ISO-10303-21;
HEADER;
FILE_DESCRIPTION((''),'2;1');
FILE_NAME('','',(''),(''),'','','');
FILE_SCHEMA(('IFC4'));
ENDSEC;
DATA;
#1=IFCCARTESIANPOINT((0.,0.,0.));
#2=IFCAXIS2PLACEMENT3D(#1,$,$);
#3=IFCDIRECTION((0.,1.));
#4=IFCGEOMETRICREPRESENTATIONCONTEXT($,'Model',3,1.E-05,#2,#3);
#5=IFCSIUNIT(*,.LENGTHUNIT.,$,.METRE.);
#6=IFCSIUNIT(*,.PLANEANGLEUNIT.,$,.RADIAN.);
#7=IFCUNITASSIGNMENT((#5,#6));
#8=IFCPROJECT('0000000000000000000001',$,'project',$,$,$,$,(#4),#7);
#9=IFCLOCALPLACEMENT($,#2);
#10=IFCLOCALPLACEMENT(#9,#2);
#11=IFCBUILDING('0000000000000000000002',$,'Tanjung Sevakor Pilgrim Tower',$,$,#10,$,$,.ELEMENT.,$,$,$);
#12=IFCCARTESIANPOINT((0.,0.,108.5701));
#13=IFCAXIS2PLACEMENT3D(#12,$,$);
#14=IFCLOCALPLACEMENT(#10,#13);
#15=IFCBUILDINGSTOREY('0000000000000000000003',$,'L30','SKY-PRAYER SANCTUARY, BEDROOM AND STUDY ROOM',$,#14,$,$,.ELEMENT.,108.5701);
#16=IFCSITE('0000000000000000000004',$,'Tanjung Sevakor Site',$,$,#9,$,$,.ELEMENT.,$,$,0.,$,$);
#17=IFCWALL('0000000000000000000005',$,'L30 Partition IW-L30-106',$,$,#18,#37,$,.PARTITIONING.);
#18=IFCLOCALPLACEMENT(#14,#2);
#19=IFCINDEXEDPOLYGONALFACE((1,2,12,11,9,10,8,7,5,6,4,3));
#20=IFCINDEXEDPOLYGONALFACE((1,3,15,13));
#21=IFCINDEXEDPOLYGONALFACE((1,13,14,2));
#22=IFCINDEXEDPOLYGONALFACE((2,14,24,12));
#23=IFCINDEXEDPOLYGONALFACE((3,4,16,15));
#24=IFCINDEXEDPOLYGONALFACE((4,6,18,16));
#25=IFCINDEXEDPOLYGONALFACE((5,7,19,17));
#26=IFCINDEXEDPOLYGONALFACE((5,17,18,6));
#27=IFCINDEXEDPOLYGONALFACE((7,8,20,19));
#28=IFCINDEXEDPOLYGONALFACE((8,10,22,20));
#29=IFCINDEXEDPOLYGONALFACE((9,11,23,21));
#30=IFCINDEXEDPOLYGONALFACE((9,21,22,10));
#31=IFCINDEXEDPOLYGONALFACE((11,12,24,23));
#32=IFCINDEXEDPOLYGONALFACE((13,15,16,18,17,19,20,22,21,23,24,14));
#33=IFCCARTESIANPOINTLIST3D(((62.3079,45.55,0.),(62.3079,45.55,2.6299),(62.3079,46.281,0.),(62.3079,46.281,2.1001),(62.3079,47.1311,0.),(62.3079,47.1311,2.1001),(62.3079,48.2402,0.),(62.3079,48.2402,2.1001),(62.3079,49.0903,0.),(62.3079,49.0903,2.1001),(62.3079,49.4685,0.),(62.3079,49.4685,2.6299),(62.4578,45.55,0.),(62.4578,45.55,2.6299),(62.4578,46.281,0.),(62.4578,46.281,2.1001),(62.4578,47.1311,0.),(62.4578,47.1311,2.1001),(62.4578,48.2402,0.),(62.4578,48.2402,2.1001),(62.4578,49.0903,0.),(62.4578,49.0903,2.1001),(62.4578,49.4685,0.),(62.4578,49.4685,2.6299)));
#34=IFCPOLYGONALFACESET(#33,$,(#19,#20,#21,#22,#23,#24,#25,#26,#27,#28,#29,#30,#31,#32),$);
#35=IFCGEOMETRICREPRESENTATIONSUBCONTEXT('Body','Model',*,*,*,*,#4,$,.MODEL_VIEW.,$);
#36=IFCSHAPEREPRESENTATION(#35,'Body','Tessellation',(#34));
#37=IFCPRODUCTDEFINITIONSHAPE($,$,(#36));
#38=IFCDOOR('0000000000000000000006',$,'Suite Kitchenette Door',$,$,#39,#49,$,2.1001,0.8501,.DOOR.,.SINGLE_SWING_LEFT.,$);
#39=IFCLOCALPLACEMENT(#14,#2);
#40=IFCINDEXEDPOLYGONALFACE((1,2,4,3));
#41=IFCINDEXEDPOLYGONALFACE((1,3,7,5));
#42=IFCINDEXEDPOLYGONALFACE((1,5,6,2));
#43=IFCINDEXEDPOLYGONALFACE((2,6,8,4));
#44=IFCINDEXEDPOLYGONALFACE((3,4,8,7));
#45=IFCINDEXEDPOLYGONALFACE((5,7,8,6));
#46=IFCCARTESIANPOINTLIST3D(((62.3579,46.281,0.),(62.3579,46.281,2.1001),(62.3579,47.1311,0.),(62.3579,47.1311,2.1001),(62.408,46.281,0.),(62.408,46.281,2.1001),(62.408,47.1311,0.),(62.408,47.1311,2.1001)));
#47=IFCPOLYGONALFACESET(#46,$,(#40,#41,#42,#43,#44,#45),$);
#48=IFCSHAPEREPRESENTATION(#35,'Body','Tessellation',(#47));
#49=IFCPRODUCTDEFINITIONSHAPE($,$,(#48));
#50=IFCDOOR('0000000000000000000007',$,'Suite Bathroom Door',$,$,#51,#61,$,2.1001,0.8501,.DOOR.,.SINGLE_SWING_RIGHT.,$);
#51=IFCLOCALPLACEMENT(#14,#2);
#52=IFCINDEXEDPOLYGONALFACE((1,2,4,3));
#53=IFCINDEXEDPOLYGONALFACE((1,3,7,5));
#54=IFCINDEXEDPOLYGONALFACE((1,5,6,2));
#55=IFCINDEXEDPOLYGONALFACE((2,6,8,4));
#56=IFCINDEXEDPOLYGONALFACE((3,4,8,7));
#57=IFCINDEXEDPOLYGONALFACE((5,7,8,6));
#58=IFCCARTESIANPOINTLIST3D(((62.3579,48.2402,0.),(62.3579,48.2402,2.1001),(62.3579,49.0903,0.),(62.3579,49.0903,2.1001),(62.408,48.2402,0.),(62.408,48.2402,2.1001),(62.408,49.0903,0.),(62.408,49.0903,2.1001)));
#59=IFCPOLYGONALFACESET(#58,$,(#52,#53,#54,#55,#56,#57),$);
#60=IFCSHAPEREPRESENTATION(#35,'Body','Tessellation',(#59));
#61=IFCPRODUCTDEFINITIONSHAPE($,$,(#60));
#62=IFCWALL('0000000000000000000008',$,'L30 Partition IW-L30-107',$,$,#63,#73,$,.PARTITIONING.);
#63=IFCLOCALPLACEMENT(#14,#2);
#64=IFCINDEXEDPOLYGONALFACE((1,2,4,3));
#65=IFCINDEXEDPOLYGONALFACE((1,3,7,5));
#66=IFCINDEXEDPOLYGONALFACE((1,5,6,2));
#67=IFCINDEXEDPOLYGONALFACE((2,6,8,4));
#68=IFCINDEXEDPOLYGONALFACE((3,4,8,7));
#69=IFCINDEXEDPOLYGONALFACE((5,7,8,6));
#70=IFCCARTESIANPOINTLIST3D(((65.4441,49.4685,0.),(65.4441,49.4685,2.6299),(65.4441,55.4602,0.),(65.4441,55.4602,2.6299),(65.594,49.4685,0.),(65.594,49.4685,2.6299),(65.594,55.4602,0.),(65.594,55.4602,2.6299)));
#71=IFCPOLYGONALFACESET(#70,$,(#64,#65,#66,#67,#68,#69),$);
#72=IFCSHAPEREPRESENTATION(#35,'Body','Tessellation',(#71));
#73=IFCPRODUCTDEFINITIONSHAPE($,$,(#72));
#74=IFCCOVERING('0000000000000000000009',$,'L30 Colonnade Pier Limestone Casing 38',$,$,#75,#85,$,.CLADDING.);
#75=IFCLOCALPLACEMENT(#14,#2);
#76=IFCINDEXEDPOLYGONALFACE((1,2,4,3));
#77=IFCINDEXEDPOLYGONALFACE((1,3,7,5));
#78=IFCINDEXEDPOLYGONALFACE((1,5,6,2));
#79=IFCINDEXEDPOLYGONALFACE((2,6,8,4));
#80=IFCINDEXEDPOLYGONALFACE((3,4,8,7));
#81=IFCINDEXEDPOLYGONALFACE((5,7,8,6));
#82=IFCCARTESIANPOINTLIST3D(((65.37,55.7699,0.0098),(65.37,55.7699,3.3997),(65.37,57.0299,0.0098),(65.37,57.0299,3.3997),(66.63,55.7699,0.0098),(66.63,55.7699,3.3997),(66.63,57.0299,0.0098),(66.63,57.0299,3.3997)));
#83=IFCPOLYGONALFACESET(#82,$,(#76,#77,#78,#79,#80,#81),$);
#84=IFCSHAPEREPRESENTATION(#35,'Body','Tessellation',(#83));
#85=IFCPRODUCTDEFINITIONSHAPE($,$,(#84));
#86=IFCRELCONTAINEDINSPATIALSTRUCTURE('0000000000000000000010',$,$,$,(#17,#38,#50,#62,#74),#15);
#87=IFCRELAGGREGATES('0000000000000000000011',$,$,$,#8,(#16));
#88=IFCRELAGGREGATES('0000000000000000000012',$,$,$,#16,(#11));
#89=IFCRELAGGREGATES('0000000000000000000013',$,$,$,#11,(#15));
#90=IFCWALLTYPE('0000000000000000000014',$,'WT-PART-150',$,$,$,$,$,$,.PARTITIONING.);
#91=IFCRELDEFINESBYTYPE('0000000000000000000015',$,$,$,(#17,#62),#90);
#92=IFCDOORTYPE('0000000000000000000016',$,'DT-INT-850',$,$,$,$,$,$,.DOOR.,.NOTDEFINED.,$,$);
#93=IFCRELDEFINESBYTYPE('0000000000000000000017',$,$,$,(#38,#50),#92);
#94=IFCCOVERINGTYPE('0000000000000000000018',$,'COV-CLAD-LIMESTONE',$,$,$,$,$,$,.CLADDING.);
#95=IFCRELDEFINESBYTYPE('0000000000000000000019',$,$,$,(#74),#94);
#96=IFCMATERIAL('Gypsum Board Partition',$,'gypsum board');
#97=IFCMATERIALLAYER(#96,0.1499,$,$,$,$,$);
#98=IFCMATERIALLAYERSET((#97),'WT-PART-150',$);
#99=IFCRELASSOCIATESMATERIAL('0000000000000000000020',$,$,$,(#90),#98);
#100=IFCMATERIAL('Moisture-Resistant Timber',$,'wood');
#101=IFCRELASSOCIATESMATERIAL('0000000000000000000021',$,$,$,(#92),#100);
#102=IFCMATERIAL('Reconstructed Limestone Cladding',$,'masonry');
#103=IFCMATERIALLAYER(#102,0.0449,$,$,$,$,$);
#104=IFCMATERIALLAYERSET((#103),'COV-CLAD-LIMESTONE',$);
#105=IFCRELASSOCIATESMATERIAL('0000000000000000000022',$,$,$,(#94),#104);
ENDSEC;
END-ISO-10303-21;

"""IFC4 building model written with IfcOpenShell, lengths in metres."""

from ifc_helpers import new_model, si_unit, direction, frame, frame_2d, origin, origin_2d, place, context, subcontext, project, spatial, rectangle, extrude, material, layer, layer_set, type_object, element, fill, save


model = new_model("IFC4")

# Units and contexts
model_context = context("Model", 3, precision=1e-05, world=origin(), true_north=direction((0.0, 1.0)))
body_context = subcontext(model_context, "Body", "Model", "MODEL_VIEW")
ifc_project = project(units=[si_unit("LENGTHUNIT", "METRE"), si_unit("PLANEANGLEUNIT", "RADIAN")], contexts=[model_context])

# Site, building, storey
site_placement = place(None, origin())
site = spatial("IfcSite", under=ifc_project, at=site_placement, Name="Tanjung Sevakor Site", CompositionType="ELEMENT", RefElevation=0.0)
building_placement = place(site_placement, origin())
building = spatial("IfcBuilding", under=site, at=building_placement, Name="Tanjung Sevakor Pilgrim Tower", CompositionType="ELEMENT")
storey_placement = place(building_placement, frame((0.0, 0.0, 108.5701)))
storey = spatial("IfcBuildingStorey", under=building, at=storey_placement, Name="L30", Description="SKY-PRAYER SANCTUARY, BEDROOM AND STUDY ROOM", CompositionType="ELEMENT", Elevation=108.5701)

# Wall, openings, doors
ifc_material_1 = material(Name="Gypsum Board Partition", Category="gypsum board")
ifc_layer_1 = layer(ifc_material_1, 0.1499)
ifc_layer_set_1 = layer_set([ifc_layer_1], Name="WT-PART-150")
wall_type = type_object("IfcWallType", Name="WT-PART-150", PredefinedType="PARTITIONING", material=ifc_layer_set_1)
wall_1_placement = place(storey_placement, frame((62.3828, 45.55, 0.0), z_axis=(0.0, 0.0, 1.0), x_axis=(0.0, 1.0, 0.0)))
wall_1 = element("IfcWall", 1, at=wall_1_placement, inside=storey, type_object=wall_type, Name="L30 Partition IW-L30-106", PredefinedType="PARTITIONING", context=body_context, shape_type="SweptSolid", body=[
    extrude(rectangle(XDim=3.9185, YDim=0.1499, at=frame_2d((1.9592, 0.0))), origin(), (0.0, 0.0, 1.0), 2.6299),
])
opening_1_placement = place(wall_1_placement, frame((0.731, 0.0, 0.0)))
opening_1 = element("IfcOpeningElement", 2, at=opening_1_placement, cuts=wall_1, PredefinedType="OPENING", context=body_context, shape_type="SweptSolid", body=[
    extrude(rectangle(XDim=0.8501, YDim=2.1001, at=frame_2d((0.425, 1.05))), frame((0.0, 0.085, 0.0), z_axis=(0.0, -1.0, 0.0), x_axis=(1.0, 0.0, 0.0)), (0.0, 0.0, 1.0), 0.1699),
])
opening_2_placement = place(wall_1_placement, frame((2.6902, 0.0, 0.0)))
opening_2 = element("IfcOpeningElement", 3, at=opening_2_placement, cuts=wall_1, PredefinedType="OPENING", context=body_context, shape_type="SweptSolid", body=[
    extrude(rectangle(XDim=0.8501, YDim=2.1001, at=frame_2d((0.425, 1.05))), frame((0.0, 0.085, 0.0), z_axis=(0.0, -1.0, 0.0), x_axis=(1.0, 0.0, 0.0)), (0.0, 0.0, 1.0), 0.1699),
])
ifc_material_2 = material(Name="Moisture-Resistant Timber", Category="wood")
door_type = type_object("IfcDoorType", Name="DT-INT-850", OperationType="NOTDEFINED", PredefinedType="DOOR", material=ifc_material_2)
door_1_placement = place(opening_1_placement, origin())
door_1 = element("IfcDoor", 4, at=door_1_placement, inside=storey, type_object=door_type, Name="Suite Kitchenette Door", OperationType="SINGLE_SWING_LEFT", OverallHeight=2.1001, OverallWidth=0.8501, PredefinedType="DOOR", context=body_context, shape_type="SweptSolid", body=[
    extrude(rectangle(XDim=0.8501, YDim=2.1001, at=frame_2d((0.425, 1.05))), frame((0.0, 0.0249, 0.0), z_axis=(0.0, -1.0, 0.0), x_axis=(1.0, 0.0, 0.0)), (0.0, 0.0, 1.0), 0.05),
])
fill(opening_1, door_1)
door_2_placement = place(opening_2_placement, origin())
door_2 = element("IfcDoor", 5, at=door_2_placement, inside=storey, type_object=door_type, Name="Suite Bathroom Door", OperationType="SINGLE_SWING_RIGHT", OverallHeight=2.1001, OverallWidth=0.8501, PredefinedType="DOOR", context=body_context, shape_type="SweptSolid", body=[
    extrude(rectangle(XDim=0.8501, YDim=2.1001, at=frame_2d((0.425, 1.05))), frame((0.0, 0.0249, 0.0), z_axis=(0.0, -1.0, 0.0), x_axis=(1.0, 0.0, 0.0)), (0.0, 0.0, 1.0), 0.05),
])
fill(opening_2, door_2)

# Wall
wall_2_placement = place(storey_placement, frame((65.519, 49.4685, 0.0), z_axis=(0.0, 0.0, 1.0), x_axis=(0.0, 1.0, 0.0)))
element("IfcWall", 6, at=wall_2_placement, inside=storey, type_object=wall_type, Name="L30 Partition IW-L30-107", PredefinedType="PARTITIONING", context=body_context, shape_type="SweptSolid", body=[
    extrude(rectangle(XDim=5.9917, YDim=0.1499, at=frame_2d((2.9958, 0.0))), origin(), (0.0, 0.0, 1.0), 2.6299),
])

# Covering
ifc_material_3 = material(Name="Reconstructed Limestone Cladding", Category="masonry")
ifc_layer_2 = layer(ifc_material_3, 0.0449)
ifc_layer_set_2 = layer_set([ifc_layer_2], Name="COV-CLAD-LIMESTONE")
covering_type = type_object("IfcCoveringType", Name="COV-CLAD-LIMESTONE", PredefinedType="CLADDING", material=ifc_layer_set_2)
covering_placement = place(storey_placement, frame((66.0, 56.3999, 0.0098), z_axis=(0.0, 0.0, 1.0), x_axis=(1.0, 0.0, 0.0)))
element("IfcCovering", 7, at=covering_placement, inside=storey, type_object=covering_type, Name="L30 Colonnade Pier Limestone Casing 38", PredefinedType="CLADDING", context=body_context, shape_type="SweptSolid", body=[
    extrude(rectangle(XDim=1.26, YDim=1.26, at=origin_2d()), origin(), (0.0, 0.0, 1.0), 3.3899),
])

save(model, "model.ifc")
